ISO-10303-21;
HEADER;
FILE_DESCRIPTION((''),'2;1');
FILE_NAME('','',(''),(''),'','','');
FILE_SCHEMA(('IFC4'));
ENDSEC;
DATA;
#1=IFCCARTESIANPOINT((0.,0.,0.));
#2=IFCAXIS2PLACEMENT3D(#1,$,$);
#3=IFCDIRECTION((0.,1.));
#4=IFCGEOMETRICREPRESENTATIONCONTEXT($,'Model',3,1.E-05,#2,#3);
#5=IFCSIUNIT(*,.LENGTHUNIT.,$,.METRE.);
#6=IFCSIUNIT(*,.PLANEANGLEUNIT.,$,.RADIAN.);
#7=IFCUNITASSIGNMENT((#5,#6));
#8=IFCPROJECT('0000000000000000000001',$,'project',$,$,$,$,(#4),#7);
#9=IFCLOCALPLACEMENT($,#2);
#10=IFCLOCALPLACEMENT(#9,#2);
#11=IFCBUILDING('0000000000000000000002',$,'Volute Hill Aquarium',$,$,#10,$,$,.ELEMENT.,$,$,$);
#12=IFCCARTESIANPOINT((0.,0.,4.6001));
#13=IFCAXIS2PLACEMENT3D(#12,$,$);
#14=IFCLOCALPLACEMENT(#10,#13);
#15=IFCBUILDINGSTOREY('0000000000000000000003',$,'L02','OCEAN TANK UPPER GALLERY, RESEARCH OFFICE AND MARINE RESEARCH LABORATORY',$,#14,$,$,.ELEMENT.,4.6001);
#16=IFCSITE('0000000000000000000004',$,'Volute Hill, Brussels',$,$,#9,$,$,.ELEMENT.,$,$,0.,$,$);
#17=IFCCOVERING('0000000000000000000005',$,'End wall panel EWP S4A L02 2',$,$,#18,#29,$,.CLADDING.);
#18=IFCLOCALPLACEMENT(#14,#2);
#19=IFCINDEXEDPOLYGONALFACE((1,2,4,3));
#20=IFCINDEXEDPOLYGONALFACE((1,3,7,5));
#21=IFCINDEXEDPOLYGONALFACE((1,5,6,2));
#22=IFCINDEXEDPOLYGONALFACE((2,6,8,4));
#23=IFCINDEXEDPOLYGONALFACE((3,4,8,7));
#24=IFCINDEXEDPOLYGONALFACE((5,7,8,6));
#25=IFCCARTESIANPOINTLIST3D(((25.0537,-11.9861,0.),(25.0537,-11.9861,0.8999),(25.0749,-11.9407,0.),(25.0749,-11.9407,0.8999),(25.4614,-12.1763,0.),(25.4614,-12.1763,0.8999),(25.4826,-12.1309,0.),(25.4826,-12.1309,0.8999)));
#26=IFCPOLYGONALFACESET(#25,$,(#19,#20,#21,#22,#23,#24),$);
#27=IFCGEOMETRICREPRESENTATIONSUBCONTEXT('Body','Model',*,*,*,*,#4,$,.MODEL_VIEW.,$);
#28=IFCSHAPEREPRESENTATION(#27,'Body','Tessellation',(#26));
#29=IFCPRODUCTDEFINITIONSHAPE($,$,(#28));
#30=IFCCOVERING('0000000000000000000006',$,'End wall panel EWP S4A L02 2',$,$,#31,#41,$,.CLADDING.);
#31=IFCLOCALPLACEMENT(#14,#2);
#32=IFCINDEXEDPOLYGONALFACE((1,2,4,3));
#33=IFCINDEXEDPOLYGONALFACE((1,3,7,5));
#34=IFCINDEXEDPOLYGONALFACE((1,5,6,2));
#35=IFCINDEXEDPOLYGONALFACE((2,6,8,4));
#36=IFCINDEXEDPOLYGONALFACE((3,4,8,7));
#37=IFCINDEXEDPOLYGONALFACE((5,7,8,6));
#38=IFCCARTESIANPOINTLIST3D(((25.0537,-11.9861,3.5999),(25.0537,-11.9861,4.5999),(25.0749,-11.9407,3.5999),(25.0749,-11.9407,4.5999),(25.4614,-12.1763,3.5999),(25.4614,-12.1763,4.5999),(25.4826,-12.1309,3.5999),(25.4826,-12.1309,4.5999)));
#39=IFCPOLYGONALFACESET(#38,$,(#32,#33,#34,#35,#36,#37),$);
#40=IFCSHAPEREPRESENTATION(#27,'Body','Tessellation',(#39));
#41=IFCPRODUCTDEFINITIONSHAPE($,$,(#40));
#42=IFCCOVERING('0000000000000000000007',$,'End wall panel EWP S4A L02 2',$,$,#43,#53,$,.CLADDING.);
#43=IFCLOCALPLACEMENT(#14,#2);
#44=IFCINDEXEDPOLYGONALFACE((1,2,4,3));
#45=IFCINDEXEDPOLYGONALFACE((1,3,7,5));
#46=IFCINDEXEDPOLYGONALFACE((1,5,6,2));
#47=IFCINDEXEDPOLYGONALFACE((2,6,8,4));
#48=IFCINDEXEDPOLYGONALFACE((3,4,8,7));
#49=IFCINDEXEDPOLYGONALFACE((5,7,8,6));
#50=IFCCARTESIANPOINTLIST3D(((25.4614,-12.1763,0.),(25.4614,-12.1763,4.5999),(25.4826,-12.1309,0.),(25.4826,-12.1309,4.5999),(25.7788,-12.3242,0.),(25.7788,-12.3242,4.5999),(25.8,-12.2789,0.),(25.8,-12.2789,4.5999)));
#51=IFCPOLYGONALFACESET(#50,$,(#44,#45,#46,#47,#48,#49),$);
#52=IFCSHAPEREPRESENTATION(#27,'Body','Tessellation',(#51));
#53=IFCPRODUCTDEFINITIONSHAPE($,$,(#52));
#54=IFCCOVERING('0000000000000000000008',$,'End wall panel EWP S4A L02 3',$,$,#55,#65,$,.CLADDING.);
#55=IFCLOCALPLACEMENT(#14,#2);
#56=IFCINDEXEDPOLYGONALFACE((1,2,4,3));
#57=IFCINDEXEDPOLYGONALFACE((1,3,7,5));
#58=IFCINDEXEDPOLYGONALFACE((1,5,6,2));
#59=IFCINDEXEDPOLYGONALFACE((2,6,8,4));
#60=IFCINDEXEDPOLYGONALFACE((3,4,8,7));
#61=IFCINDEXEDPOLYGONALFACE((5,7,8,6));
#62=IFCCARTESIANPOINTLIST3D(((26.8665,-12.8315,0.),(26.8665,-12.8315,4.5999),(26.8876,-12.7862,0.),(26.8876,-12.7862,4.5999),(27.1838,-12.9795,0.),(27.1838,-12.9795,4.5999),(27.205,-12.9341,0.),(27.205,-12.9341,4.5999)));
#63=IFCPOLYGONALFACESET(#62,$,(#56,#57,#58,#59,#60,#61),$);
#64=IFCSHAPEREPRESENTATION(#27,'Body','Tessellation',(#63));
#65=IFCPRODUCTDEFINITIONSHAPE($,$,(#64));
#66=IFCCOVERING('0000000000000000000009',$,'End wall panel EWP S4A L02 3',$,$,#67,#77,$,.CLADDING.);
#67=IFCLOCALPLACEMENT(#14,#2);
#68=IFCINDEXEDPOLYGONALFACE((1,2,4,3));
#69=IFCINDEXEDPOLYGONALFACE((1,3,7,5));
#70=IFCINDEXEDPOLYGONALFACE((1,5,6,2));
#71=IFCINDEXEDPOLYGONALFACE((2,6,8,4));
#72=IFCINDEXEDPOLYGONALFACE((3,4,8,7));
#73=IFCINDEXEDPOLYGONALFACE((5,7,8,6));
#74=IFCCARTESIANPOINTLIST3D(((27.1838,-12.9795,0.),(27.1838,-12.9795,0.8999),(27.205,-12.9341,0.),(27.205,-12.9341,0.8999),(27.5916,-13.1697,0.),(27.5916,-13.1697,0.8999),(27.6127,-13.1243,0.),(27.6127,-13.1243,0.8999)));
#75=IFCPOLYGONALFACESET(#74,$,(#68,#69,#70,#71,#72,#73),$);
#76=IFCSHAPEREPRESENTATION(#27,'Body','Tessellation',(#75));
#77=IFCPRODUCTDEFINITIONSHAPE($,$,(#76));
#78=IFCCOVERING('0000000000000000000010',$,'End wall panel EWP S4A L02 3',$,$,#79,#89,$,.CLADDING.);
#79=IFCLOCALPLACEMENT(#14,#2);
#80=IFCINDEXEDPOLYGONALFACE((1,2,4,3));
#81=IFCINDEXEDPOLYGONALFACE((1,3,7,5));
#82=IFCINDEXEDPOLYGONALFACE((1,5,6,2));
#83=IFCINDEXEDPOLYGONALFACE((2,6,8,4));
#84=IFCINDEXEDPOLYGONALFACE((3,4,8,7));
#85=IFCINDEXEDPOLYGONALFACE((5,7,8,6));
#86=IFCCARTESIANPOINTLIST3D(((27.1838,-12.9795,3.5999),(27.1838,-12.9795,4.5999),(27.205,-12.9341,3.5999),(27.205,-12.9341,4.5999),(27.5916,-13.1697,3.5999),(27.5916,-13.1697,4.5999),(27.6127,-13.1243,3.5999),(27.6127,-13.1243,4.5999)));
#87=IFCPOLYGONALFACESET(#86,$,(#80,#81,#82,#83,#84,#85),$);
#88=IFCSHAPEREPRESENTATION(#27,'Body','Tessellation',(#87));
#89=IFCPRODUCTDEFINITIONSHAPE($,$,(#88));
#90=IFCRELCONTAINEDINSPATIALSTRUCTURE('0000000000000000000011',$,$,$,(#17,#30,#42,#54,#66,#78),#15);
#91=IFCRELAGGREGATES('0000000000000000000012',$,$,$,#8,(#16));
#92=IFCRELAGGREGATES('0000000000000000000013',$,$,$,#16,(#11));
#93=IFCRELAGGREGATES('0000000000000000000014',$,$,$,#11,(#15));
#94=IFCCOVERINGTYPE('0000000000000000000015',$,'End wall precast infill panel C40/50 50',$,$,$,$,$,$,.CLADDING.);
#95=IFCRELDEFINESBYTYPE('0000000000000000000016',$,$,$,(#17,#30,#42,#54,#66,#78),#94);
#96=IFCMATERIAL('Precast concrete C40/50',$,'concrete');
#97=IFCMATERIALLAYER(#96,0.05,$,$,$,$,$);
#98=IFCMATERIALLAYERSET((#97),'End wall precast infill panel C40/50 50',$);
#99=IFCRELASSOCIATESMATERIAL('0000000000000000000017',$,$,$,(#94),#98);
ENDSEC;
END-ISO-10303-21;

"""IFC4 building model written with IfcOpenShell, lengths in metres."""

from ifc_helpers import new_model, si_unit, direction, frame, origin, place, context, subcontext, project, spatial, polyline, outline, extrude, material, layer, layer_set, type_object, element, save


model = new_model("IFC4")

# Units and contexts
model_context = context("Model", 3, precision=1e-05, world=origin(), true_north=direction((0.0, 1.0)))
body_context = subcontext(model_context, "Body", "Model", "MODEL_VIEW")
ifc_project = project(units=[si_unit("LENGTHUNIT", "METRE"), si_unit("PLANEANGLEUNIT", "RADIAN")], contexts=[model_context])

# Site, building, storey
site_placement = place(None, origin())
site = spatial("IfcSite", under=ifc_project, at=site_placement, Name="Volute Hill, Brussels", CompositionType="ELEMENT", RefElevation=0.0)
building_placement = place(site_placement, origin())
building = spatial("IfcBuilding", under=site, at=building_placement, Name="Volute Hill Aquarium", CompositionType="ELEMENT")
storey_placement = place(building_placement, frame((0.0, 0.0, 4.6001)))
storey = spatial("IfcBuildingStorey", under=building, at=storey_placement, Name="L02", Description="OCEAN TANK UPPER GALLERY, RESEARCH OFFICE AND MARINE RESEARCH LABORATORY", CompositionType="ELEMENT", Elevation=4.6001)

# Coverings
ifc_material_1 = material(Name="Precast concrete C40/50", Category="concrete")
ifc_layer_1 = layer(ifc_material_1, 0.05)
ifc_layer_set_1 = layer_set([ifc_layer_1], Name="End wall precast infill panel C40/50 50")
covering_type = type_object("IfcCoveringType", Name="End wall precast infill panel C40/50 50", PredefinedType="CLADDING", material=ifc_layer_set_1)
covering_1_placement = place(storey_placement, frame((25.0537, -11.9861, 0.0), z_axis=(-0.422737, -0.906252, 0.0), x_axis=(0.906252, -0.422737, 0.0)))
element("IfcCovering", 1, at=covering_1_placement, inside=storey, type_object=covering_type, Name="End wall panel EWP S4A L02 2", PredefinedType="CLADDING", context=body_context, shape_type="SweptSolid", body=[
    extrude(outline(polyline([(0.0, 0.0), (0.4499, 0.0), (0.4499, 0.8999), (0.0, 0.8999), (0.0, 0.0)])), origin(), (0.0, 0.0, -1.0), 0.05),
])
covering_2_placement = place(storey_placement, frame((25.0537, -11.9861, 3.5999), z_axis=(-0.422737, -0.906252, 0.0), x_axis=(0.906252, -0.422737, 0.0)))
element("IfcCovering", 2, at=covering_2_placement, inside=storey, type_object=covering_type, Name="End wall panel EWP S4A L02 2", PredefinedType="CLADDING", context=body_context, shape_type="SweptSolid", body=[
    extrude(outline(polyline([(0.0, 0.0), (0.4499, 0.0), (0.4499, 1.0), (0.0, 1.0), (0.0, 0.0)])), origin(), (0.0, 0.0, -1.0), 0.05),
])
for number, where, z_axis, x_axis, name in (
    (3, (25.4614, -12.1763, 0.0), (-0.422504, -0.906361, 0.0), (0.906361, -0.422504, 0.0), "End wall panel EWP S4A L02 2"),
    (4, (26.8665, -12.8315, 0.0), (-0.422504, -0.906361, 0.0), (0.906361, -0.422504, 0.0), "End wall panel EWP S4A L02 3"),
):
    element("IfcCovering", number, at=place(storey_placement, frame(where, z_axis=z_axis, x_axis=x_axis)), inside=storey, type_object=covering_type, Name=name, PredefinedType="CLADDING", context=body_context, shape_type="SweptSolid", body=[
        extrude(outline(polyline([(0.0, 0.0), (0.3502, 0.0), (0.3502, 4.5999), (0.0, 4.5999), (0.0, 0.0)])), origin(), (0.0, 0.0, -1.0), 0.05),
    ])
covering_3_placement = place(storey_placement, frame((27.1838, -12.9795, 0.0), z_axis=(-0.422737, -0.906252, 0.0), x_axis=(0.906252, -0.422737, 0.0)))
element("IfcCovering", 5, at=covering_3_placement, inside=storey, type_object=covering_type, Name="End wall panel EWP S4A L02 3", PredefinedType="CLADDING", context=body_context, shape_type="SweptSolid", body=[
    extrude(outline(polyline([(0.0, 0.0), (0.4499, 0.0), (0.4499, 0.8999), (0.0, 0.8999), (0.0, 0.0)])), origin(), (0.0, 0.0, -1.0), 0.05),
])
covering_4_placement = place(storey_placement, frame((27.1838, -12.9795, 3.5999), z_axis=(-0.422737, -0.906252, 0.0), x_axis=(0.906252, -0.422737, 0.0)))
element("IfcCovering", 6, at=covering_4_placement, inside=storey, type_object=covering_type, Name="End wall panel EWP S4A L02 3", PredefinedType="CLADDING", context=body_context, shape_type="SweptSolid", body=[
    extrude(outline(polyline([(0.0, 0.0), (0.4499, 0.0), (0.4499, 1.0), (0.0, 1.0), (0.0, 0.0)])), origin(), (0.0, 0.0, -1.0), 0.05),
])

save(model, "model.ifc")
